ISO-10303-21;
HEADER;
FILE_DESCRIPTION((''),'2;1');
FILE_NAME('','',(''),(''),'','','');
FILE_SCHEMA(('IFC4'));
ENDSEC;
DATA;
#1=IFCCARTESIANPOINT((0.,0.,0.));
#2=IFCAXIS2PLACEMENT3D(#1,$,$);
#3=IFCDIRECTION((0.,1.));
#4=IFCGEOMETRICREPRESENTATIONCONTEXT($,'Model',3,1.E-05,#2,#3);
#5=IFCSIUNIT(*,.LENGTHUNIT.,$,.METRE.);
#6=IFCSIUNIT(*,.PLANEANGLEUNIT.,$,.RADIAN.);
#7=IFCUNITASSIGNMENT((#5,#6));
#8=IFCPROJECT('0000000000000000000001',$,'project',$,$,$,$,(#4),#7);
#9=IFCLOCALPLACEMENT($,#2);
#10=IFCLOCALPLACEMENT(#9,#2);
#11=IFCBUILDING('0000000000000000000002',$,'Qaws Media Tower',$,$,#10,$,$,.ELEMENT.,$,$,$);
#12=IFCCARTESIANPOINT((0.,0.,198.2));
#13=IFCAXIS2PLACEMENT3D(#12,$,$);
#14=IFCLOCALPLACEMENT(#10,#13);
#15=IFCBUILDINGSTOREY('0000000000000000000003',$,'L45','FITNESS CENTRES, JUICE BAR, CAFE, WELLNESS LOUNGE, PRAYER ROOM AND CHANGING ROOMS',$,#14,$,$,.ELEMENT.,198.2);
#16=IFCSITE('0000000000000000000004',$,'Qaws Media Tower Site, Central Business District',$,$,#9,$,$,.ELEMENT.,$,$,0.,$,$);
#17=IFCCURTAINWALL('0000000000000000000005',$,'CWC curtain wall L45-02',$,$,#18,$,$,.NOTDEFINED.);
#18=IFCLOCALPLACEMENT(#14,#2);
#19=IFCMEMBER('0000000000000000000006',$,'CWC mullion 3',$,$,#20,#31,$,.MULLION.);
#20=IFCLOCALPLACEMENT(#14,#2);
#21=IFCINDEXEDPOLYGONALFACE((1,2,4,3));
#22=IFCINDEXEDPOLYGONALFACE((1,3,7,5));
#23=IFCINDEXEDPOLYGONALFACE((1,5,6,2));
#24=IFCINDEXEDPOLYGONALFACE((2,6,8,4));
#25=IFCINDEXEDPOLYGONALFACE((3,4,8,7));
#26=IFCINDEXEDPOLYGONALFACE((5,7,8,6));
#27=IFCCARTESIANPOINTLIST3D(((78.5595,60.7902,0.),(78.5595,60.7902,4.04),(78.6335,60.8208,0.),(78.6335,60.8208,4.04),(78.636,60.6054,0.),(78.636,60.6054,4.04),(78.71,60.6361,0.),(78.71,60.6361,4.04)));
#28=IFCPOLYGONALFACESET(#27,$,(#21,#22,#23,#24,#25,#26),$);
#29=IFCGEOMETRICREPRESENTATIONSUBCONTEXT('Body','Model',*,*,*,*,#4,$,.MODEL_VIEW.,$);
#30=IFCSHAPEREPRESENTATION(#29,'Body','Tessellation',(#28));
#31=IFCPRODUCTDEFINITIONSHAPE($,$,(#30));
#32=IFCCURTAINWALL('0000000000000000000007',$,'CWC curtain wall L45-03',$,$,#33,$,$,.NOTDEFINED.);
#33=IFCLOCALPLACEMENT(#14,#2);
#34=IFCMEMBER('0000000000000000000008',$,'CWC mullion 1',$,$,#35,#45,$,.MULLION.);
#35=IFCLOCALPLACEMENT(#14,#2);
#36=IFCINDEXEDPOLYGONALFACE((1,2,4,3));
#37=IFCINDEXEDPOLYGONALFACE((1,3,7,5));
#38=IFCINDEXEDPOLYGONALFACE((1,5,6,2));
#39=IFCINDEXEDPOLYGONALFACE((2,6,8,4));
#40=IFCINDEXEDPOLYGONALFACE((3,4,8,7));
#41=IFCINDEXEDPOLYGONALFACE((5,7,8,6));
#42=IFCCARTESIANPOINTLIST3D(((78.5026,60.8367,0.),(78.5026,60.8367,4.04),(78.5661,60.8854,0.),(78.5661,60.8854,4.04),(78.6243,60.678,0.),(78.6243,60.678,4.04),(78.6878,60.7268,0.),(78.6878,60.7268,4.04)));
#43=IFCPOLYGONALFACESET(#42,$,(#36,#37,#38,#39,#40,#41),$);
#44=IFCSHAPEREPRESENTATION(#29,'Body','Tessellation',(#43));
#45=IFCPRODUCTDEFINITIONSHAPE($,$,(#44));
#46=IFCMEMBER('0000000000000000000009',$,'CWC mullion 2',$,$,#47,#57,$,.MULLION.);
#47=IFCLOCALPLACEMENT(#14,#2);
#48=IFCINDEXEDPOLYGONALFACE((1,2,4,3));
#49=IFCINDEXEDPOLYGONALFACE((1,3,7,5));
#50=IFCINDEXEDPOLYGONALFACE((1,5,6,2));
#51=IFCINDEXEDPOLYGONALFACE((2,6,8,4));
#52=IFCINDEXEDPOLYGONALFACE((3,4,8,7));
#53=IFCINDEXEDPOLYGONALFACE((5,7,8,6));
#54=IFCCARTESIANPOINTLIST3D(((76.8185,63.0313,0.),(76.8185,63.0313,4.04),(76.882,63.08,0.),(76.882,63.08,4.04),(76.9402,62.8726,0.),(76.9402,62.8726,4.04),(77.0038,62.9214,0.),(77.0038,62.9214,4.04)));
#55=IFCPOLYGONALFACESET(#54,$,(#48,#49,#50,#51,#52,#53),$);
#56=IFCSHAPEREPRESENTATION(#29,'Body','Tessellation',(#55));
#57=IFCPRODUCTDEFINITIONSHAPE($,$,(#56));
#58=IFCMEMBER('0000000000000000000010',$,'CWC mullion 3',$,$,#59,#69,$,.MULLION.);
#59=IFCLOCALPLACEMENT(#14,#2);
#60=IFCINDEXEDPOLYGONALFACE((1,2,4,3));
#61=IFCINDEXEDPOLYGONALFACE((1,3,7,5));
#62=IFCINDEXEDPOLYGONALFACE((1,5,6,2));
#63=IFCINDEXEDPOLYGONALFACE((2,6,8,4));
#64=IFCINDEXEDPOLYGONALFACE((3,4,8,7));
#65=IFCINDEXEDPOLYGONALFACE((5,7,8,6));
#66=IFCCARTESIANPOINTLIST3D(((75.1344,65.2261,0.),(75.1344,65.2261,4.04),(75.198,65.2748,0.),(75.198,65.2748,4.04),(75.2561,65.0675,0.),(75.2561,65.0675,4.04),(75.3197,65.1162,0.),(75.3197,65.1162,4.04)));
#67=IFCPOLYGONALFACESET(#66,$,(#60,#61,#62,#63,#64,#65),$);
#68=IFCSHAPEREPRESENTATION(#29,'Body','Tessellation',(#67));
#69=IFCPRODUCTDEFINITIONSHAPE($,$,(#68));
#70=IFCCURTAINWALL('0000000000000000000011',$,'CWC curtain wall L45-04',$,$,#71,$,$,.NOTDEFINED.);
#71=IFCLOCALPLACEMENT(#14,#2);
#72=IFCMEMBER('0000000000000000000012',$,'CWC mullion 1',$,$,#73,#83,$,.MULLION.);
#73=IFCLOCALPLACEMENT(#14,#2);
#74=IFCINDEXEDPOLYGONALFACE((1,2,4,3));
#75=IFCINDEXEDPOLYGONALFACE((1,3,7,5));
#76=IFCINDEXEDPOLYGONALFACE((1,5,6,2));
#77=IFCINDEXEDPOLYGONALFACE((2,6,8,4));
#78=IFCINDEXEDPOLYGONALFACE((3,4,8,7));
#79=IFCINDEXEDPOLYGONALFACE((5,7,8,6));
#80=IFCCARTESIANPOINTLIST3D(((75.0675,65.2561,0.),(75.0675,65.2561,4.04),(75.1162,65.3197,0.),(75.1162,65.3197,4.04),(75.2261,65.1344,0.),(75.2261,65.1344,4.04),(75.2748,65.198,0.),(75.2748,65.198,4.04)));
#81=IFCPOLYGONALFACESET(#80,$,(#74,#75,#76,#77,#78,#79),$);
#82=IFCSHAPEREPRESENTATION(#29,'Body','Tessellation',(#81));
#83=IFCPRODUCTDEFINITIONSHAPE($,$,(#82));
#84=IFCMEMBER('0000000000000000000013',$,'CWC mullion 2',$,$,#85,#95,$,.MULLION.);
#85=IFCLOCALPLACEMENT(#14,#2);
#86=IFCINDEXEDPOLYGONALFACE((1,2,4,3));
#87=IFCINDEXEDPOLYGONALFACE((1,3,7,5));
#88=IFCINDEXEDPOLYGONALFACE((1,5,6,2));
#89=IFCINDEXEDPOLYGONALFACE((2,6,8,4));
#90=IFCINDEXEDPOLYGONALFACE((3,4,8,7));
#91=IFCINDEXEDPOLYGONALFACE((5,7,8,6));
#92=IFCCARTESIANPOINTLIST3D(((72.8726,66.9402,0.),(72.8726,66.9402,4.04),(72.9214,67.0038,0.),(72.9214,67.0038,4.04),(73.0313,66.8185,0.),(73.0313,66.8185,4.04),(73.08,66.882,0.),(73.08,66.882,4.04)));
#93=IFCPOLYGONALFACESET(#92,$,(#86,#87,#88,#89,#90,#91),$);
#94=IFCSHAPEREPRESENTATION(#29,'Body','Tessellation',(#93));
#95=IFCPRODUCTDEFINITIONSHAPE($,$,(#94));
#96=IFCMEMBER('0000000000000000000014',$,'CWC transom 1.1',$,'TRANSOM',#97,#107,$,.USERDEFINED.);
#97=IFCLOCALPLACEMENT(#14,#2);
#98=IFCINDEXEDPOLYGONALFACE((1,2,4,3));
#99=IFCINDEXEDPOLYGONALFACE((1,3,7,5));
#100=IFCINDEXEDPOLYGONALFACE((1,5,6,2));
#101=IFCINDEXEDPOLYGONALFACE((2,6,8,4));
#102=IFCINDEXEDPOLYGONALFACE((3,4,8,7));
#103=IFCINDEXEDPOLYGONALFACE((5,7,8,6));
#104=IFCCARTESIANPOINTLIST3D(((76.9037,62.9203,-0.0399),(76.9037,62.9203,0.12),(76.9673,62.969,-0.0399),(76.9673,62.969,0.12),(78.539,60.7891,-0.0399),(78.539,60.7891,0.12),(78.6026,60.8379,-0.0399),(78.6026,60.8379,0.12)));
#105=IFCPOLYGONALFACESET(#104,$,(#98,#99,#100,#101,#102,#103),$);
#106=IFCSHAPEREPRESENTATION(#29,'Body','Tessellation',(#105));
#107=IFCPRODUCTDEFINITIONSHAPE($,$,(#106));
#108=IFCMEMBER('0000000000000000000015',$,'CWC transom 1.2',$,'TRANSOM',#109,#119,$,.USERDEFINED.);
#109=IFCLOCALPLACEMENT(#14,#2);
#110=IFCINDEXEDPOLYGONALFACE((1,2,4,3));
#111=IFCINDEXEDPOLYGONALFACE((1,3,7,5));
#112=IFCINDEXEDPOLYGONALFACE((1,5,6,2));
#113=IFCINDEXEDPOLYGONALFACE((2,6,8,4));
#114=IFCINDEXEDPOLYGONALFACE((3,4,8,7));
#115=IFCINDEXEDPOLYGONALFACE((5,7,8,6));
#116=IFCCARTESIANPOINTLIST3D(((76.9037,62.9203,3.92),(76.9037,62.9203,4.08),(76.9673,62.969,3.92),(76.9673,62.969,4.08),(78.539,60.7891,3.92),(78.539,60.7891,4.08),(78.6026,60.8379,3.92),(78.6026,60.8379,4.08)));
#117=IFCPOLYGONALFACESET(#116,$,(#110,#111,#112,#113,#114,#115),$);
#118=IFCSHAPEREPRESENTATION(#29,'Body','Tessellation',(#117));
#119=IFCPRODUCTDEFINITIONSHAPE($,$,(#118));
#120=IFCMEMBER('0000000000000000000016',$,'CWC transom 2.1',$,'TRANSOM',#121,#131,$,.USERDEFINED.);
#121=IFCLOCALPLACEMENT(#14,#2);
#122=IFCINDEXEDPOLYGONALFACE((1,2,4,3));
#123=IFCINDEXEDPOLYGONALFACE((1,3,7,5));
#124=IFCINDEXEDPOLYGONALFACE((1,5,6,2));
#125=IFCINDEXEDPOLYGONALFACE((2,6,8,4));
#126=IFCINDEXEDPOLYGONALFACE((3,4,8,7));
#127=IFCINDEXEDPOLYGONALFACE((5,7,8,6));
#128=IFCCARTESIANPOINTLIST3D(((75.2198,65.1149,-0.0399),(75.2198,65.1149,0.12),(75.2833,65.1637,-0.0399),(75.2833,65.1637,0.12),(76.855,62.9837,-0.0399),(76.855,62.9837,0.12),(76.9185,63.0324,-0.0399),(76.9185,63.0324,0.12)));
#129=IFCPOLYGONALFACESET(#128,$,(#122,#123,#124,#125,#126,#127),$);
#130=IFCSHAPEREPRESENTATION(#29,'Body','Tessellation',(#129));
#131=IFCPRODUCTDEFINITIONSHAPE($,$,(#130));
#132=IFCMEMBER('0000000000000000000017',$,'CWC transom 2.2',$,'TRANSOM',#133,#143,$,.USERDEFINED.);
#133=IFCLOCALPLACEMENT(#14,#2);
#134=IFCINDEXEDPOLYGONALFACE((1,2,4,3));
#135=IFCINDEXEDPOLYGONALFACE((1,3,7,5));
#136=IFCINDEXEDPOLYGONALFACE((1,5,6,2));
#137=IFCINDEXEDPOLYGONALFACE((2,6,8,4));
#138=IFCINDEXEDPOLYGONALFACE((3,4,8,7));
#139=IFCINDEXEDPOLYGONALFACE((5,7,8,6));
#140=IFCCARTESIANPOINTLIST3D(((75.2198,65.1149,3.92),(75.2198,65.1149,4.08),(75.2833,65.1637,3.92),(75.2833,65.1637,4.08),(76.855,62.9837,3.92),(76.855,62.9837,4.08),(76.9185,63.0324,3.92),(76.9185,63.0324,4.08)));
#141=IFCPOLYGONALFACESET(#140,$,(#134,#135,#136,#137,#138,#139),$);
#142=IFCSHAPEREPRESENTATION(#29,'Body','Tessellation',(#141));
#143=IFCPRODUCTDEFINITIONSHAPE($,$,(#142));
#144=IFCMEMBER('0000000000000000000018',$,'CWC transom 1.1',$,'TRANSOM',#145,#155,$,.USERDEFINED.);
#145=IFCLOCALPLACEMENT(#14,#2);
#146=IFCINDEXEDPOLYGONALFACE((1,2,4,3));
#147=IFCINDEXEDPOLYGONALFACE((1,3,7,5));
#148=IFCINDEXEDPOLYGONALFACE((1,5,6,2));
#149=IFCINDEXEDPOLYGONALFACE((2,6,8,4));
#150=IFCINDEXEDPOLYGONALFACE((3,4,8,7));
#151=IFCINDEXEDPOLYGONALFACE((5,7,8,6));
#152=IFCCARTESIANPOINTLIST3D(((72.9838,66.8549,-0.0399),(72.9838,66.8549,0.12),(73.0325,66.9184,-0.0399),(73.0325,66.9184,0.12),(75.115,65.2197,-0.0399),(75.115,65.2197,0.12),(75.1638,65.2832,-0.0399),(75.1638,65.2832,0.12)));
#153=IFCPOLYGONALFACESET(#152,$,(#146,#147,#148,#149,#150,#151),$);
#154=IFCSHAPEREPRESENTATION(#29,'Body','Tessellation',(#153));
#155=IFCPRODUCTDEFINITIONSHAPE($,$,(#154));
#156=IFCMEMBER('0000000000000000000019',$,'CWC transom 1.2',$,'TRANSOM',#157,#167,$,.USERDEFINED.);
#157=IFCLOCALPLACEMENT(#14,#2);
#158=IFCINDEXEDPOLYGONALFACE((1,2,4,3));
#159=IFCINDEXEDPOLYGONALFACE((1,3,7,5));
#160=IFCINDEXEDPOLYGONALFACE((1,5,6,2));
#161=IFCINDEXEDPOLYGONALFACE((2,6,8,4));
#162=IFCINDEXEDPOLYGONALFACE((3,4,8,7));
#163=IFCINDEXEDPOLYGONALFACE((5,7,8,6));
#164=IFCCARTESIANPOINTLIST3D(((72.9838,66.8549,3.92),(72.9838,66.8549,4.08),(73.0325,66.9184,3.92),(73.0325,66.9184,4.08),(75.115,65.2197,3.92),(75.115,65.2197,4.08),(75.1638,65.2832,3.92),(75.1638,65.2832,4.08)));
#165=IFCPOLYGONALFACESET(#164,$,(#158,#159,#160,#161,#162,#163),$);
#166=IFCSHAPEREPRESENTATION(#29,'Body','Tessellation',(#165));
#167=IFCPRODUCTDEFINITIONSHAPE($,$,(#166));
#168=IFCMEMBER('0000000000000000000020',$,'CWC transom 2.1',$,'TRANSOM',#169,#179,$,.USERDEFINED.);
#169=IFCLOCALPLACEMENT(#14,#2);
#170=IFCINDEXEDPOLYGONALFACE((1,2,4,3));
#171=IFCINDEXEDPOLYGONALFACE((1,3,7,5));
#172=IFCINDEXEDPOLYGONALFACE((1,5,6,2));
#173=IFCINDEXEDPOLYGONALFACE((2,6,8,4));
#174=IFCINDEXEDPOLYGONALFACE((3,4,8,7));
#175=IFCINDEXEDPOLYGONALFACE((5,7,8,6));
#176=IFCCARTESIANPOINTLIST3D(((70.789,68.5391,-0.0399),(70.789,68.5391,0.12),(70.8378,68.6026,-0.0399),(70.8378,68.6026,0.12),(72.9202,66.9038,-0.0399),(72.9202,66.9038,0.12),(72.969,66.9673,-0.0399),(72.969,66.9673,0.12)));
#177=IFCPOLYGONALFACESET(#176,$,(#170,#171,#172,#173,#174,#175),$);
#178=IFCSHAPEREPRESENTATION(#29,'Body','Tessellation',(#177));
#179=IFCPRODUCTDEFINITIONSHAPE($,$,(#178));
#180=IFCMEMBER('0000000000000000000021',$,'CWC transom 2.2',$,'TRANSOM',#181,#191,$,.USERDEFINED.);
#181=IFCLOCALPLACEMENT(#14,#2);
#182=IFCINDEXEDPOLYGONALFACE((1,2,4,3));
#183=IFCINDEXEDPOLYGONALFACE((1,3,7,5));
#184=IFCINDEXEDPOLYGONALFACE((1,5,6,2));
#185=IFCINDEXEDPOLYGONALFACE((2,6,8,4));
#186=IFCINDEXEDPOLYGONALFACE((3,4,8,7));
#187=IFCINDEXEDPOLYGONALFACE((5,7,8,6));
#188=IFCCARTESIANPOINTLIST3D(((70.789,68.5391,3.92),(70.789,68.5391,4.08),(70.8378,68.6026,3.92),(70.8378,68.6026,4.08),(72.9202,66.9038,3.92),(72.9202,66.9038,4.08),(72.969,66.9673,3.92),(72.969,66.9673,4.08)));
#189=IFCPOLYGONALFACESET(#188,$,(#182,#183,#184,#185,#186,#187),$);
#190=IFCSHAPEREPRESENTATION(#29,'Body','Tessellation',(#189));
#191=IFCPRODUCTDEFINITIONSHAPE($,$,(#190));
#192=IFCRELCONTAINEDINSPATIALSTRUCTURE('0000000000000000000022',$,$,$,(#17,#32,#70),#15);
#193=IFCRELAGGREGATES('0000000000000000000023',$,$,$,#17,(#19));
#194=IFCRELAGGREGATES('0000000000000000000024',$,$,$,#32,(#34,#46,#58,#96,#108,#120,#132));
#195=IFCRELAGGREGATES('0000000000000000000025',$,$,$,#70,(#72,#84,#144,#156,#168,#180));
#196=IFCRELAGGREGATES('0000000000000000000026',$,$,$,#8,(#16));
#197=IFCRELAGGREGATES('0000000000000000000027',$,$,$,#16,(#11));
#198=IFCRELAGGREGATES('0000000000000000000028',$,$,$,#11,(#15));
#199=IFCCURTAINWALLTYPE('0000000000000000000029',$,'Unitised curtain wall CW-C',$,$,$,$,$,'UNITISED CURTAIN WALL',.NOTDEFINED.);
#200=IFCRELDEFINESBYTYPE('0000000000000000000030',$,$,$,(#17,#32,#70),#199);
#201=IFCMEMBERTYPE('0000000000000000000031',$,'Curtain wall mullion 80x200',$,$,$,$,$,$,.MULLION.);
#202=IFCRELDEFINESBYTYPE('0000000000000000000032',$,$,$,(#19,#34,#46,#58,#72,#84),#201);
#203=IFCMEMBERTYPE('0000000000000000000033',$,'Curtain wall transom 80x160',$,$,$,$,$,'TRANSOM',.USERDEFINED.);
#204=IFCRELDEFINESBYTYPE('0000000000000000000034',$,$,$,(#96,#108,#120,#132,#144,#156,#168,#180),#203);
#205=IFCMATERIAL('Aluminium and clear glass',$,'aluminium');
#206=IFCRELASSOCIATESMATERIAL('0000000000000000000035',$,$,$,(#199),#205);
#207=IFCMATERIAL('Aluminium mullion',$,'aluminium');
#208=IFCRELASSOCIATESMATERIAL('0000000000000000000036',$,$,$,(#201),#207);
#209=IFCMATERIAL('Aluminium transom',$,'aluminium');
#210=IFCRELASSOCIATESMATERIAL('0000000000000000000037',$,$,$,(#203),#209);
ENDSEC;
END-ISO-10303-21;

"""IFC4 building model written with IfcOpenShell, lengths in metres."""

from ifc_helpers import new_model, si_unit, direction, frame, origin, origin_2d, place, context, subcontext, project, spatial, rectangle, extrude, material, material_profile, profile_set, type_object, element, aggregate, save


model = new_model("IFC4")

# Units and contexts
model_context = context("Model", 3, precision=1e-05, world=origin(), true_north=direction((0.0, 1.0)))
body_context = subcontext(model_context, "Body", "Model", "MODEL_VIEW")
ifc_project = project(units=[si_unit("LENGTHUNIT", "METRE"), si_unit("PLANEANGLEUNIT", "RADIAN")], contexts=[model_context])

# Site, building, storey
site_placement = place(None, origin())
site = spatial("IfcSite", under=ifc_project, at=site_placement, Name="Qaws Media Tower Site, Central Business District", CompositionType="ELEMENT", RefElevation=0.0)
building_placement = place(site_placement, origin())
building = spatial("IfcBuilding", under=site, at=building_placement, Name="Qaws Media Tower", CompositionType="ELEMENT")
storey_placement = place(building_placement, frame((0.0, 0.0, 198.2)))
storey = spatial("IfcBuildingStorey", under=building, at=storey_placement, Name="L45", Description="FITNESS CENTRES, JUICE BAR, CAFE, WELLNESS LOUNGE, PRAYER ROOM AND CHANGING ROOMS", CompositionType="ELEMENT", Elevation=198.2)

# Curtain wall, member
ifc_material_1 = material(Name="Aluminium and clear glass", Category="aluminium")
curtain_wall_type = type_object("IfcCurtainWallType", Name="Unitised curtain wall CW-C", ElementType="UNITISED CURTAIN WALL", PredefinedType="NOTDEFINED", material=ifc_material_1)
curtain_wall_1_placement = place(storey_placement, origin())
curtain_wall_1 = element("IfcCurtainWall", 1, at=curtain_wall_1_placement, inside=storey, type_object=curtain_wall_type, Name="CWC curtain wall L45-02", PredefinedType="NOTDEFINED")
ifc_material_2 = material(Name="Aluminium mullion", Category="aluminium")
ifc_material_profile_1 = material_profile(ifc_material_2, rectangle(XDim=0.0801, YDim=0.2, at=origin_2d()), Name="80x200")
ifc_profile_set_1 = profile_set([ifc_material_profile_1], Name="Aluminium mullion")
member_type_1 = type_object("IfcMemberType", Name="Curtain wall mullion 80x200", PredefinedType="MULLION", material=ifc_profile_set_1)
member_1_placement = place(storey_placement, frame((78.6348, 60.7131, 0.0), z_axis=(0.0, 0.0, 1.0), x_axis=(-0.92388, -0.382683, 0.0)))
member_1 = element("IfcMember", 2, at=member_1_placement, type_object=member_type_1, Name="CWC mullion 3", PredefinedType="MULLION", context=body_context, shape_type="SweptSolid", body=[
    extrude(rectangle(XDim=0.0801, YDim=0.2, at=origin_2d()), origin(), (0.0, 0.0, 1.0), 4.04),
])
aggregate(curtain_wall_1, [member_1])

# Curtain walls, members
curtain_wall_2_placement = place(storey_placement, origin())
curtain_wall_2 = element("IfcCurtainWall", 3, at=curtain_wall_2_placement, inside=storey, type_object=curtain_wall_type, Name="CWC curtain wall L45-03", PredefinedType="NOTDEFINED")
member_2_placement = place(storey_placement, frame((78.5952, 60.7817, 0.0), z_axis=(0.0, 0.0, 1.0), x_axis=(-0.793353, -0.608761, 0.0)))
member_2 = element("IfcMember", 4, at=member_2_placement, type_object=member_type_1, Name="CWC mullion 1", PredefinedType="MULLION", context=body_context, shape_type="SweptSolid", body=[
    extrude(rectangle(XDim=0.0801, YDim=0.2, at=origin_2d()), origin(), (0.0, 0.0, 1.0), 4.04),
])
member_3_placement = place(storey_placement, frame((76.9111, 62.9763, 0.0), z_axis=(0.0, 0.0, 1.0), x_axis=(-0.793353, -0.608761, 0.0)))
member_3 = element("IfcMember", 5, at=member_3_placement, type_object=member_type_1, Name="CWC mullion 2", PredefinedType="MULLION", context=body_context, shape_type="SweptSolid", body=[
    extrude(rectangle(XDim=0.0801, YDim=0.2, at=origin_2d()), origin(), (0.0, 0.0, 1.0), 4.04),
])
member_4_placement = place(storey_placement, frame((75.2271, 65.1711, 0.0), z_axis=(0.0, 0.0, 1.0), x_axis=(-0.793353, -0.608761, 0.0)))
member_4 = element("IfcMember", 6, at=member_4_placement, type_object=member_type_1, Name="CWC mullion 3", PredefinedType="MULLION", context=body_context, shape_type="SweptSolid", body=[
    extrude(rectangle(XDim=0.0801, YDim=0.2, at=origin_2d()), origin(), (0.0, 0.0, 1.0), 4.04),
])
curtain_wall_3_placement = place(storey_placement, origin())
curtain_wall_3 = element("IfcCurtainWall", 7, at=curtain_wall_3_placement, inside=storey, type_object=curtain_wall_type, Name="CWC curtain wall L45-04", PredefinedType="NOTDEFINED")
member_5_placement = place(storey_placement, frame((75.1711, 65.2271, 0.0), z_axis=(0.0, 0.0, 1.0), x_axis=(-0.608761, -0.793353, 0.0)))
member_5 = element("IfcMember", 8, at=member_5_placement, type_object=member_type_1, Name="CWC mullion 1", PredefinedType="MULLION", context=body_context, shape_type="SweptSolid", body=[
    extrude(rectangle(XDim=0.0801, YDim=0.2, at=origin_2d()), origin(), (0.0, 0.0, 1.0), 4.04),
])
member_6_placement = place(storey_placement, frame((72.9763, 66.9111, 0.0), z_axis=(0.0, 0.0, 1.0), x_axis=(-0.608761, -0.793353, 0.0)))
member_6 = element("IfcMember", 9, at=member_6_placement, type_object=member_type_1, Name="CWC mullion 2", PredefinedType="MULLION", context=body_context, shape_type="SweptSolid", body=[
    extrude(rectangle(XDim=0.0801, YDim=0.2, at=origin_2d()), origin(), (0.0, 0.0, 1.0), 4.04),
])

# Members
ifc_material_3 = material(Name="Aluminium transom", Category="aluminium")
ifc_material_profile_2 = material_profile(ifc_material_3, rectangle(XDim=0.0801, YDim=0.1599, at=origin_2d()), Name="80x160")
ifc_profile_set_2 = profile_set([ifc_material_profile_2], Name="Aluminium transom")
member_type_2 = type_object("IfcMemberType", Name="Curtain wall transom 80x160", ElementType="TRANSOM", PredefinedType="USERDEFINED", material=ifc_profile_set_2)
member_7_placement = place(storey_placement, frame((78.5708, 60.8135, 0.04), z_axis=(-0.608762, 0.793353, 0.0), x_axis=(-0.793353, -0.608762, 0.0)))
member_7 = element("IfcMember", 10, at=member_7_placement, type_object=member_type_2, Name="CWC transom 1.1", ObjectType="TRANSOM", PredefinedType="USERDEFINED", context=body_context, shape_type="SweptSolid", body=[
    extrude(rectangle(XDim=0.0801, YDim=0.1599, at=origin_2d()), origin(), (0.0, 0.0, 1.0), 2.6863),
])
member_8_placement = place(storey_placement, frame((78.5708, 60.8135, 4.0), z_axis=(-0.608762, 0.793353, 0.0), x_axis=(-0.793353, -0.608762, 0.0)))
member_8 = element("IfcMember", 11, at=member_8_placement, type_object=member_type_2, Name="CWC transom 1.2", ObjectType="TRANSOM", PredefinedType="USERDEFINED", context=body_context, shape_type="SweptSolid", body=[
    extrude(rectangle(XDim=0.0801, YDim=0.1599, at=origin_2d()), origin(), (0.0, 0.0, 1.0), 2.6863),
])
member_9_placement = place(storey_placement, frame((76.8867, 63.0081, 0.04), z_axis=(-0.608718, 0.793387, 0.0), x_axis=(-0.793387, -0.608718, 0.0)))
member_9 = element("IfcMember", 12, at=member_9_placement, type_object=member_type_2, Name="CWC transom 2.1", ObjectType="TRANSOM", PredefinedType="USERDEFINED", context=body_context, shape_type="SweptSolid", body=[
    extrude(rectangle(XDim=0.0801, YDim=0.1599, at=origin_2d()), origin(), (0.0, 0.0, 1.0), 2.6863),
])
member_10_placement = place(storey_placement, frame((76.8867, 63.0081, 4.0), z_axis=(-0.608718, 0.793387, 0.0), x_axis=(-0.793387, -0.608718, 0.0)))
member_10 = element("IfcMember", 13, at=member_10_placement, type_object=member_type_2, Name="CWC transom 2.2", ObjectType="TRANSOM", PredefinedType="USERDEFINED", context=body_context, shape_type="SweptSolid", body=[
    extrude(rectangle(XDim=0.0801, YDim=0.1599, at=origin_2d()), origin(), (0.0, 0.0, 1.0), 2.6863),
])
member_11_placement = place(storey_placement, frame((75.1394, 65.2515, 0.04), z_axis=(-0.793387, 0.608718, 0.0), x_axis=(-0.608718, -0.793387, 0.0)))
member_11 = element("IfcMember", 14, at=member_11_placement, type_object=member_type_2, Name="CWC transom 1.1", ObjectType="TRANSOM", PredefinedType="USERDEFINED", context=body_context, shape_type="SweptSolid", body=[
    extrude(rectangle(XDim=0.0801, YDim=0.1599, at=origin_2d()), origin(), (0.0, 0.0, 1.0), 2.6863),
])
member_12_placement = place(storey_placement, frame((75.1394, 65.2515, 4.0), z_axis=(-0.793387, 0.608718, 0.0), x_axis=(-0.608718, -0.793387, 0.0)))
member_12 = element("IfcMember", 15, at=member_12_placement, type_object=member_type_2, Name="CWC transom 1.2", ObjectType="TRANSOM", PredefinedType="USERDEFINED", context=body_context, shape_type="SweptSolid", body=[
    extrude(rectangle(XDim=0.0801, YDim=0.1599, at=origin_2d()), origin(), (0.0, 0.0, 1.0), 2.6863),
])
member_13_placement = place(storey_placement, frame((72.9446, 66.9355, 0.04), z_axis=(-0.793353, 0.608762, 0.0), x_axis=(-0.608762, -0.793353, 0.0)))
member_13 = element("IfcMember", 16, at=member_13_placement, type_object=member_type_2, Name="CWC transom 2.1", ObjectType="TRANSOM", PredefinedType="USERDEFINED", context=body_context, shape_type="SweptSolid", body=[
    extrude(rectangle(XDim=0.0801, YDim=0.1599, at=origin_2d()), origin(), (0.0, 0.0, 1.0), 2.6863),
])
member_14_placement = place(storey_placement, frame((72.9446, 66.9355, 4.0), z_axis=(-0.793353, 0.608762, 0.0), x_axis=(-0.608762, -0.793353, 0.0)))
member_14 = element("IfcMember", 17, at=member_14_placement, type_object=member_type_2, Name="CWC transom 2.2", ObjectType="TRANSOM", PredefinedType="USERDEFINED", context=body_context, shape_type="SweptSolid", body=[
    extrude(rectangle(XDim=0.0801, YDim=0.1599, at=origin_2d()), origin(), (0.0, 0.0, 1.0), 2.6863),
])

aggregate(curtain_wall_2, [member_2, member_3, member_4, member_7, member_8, member_9, member_10])
aggregate(curtain_wall_3, [member_5, member_6, member_11, member_12, member_13, member_14])

save(model, "model.ifc")
